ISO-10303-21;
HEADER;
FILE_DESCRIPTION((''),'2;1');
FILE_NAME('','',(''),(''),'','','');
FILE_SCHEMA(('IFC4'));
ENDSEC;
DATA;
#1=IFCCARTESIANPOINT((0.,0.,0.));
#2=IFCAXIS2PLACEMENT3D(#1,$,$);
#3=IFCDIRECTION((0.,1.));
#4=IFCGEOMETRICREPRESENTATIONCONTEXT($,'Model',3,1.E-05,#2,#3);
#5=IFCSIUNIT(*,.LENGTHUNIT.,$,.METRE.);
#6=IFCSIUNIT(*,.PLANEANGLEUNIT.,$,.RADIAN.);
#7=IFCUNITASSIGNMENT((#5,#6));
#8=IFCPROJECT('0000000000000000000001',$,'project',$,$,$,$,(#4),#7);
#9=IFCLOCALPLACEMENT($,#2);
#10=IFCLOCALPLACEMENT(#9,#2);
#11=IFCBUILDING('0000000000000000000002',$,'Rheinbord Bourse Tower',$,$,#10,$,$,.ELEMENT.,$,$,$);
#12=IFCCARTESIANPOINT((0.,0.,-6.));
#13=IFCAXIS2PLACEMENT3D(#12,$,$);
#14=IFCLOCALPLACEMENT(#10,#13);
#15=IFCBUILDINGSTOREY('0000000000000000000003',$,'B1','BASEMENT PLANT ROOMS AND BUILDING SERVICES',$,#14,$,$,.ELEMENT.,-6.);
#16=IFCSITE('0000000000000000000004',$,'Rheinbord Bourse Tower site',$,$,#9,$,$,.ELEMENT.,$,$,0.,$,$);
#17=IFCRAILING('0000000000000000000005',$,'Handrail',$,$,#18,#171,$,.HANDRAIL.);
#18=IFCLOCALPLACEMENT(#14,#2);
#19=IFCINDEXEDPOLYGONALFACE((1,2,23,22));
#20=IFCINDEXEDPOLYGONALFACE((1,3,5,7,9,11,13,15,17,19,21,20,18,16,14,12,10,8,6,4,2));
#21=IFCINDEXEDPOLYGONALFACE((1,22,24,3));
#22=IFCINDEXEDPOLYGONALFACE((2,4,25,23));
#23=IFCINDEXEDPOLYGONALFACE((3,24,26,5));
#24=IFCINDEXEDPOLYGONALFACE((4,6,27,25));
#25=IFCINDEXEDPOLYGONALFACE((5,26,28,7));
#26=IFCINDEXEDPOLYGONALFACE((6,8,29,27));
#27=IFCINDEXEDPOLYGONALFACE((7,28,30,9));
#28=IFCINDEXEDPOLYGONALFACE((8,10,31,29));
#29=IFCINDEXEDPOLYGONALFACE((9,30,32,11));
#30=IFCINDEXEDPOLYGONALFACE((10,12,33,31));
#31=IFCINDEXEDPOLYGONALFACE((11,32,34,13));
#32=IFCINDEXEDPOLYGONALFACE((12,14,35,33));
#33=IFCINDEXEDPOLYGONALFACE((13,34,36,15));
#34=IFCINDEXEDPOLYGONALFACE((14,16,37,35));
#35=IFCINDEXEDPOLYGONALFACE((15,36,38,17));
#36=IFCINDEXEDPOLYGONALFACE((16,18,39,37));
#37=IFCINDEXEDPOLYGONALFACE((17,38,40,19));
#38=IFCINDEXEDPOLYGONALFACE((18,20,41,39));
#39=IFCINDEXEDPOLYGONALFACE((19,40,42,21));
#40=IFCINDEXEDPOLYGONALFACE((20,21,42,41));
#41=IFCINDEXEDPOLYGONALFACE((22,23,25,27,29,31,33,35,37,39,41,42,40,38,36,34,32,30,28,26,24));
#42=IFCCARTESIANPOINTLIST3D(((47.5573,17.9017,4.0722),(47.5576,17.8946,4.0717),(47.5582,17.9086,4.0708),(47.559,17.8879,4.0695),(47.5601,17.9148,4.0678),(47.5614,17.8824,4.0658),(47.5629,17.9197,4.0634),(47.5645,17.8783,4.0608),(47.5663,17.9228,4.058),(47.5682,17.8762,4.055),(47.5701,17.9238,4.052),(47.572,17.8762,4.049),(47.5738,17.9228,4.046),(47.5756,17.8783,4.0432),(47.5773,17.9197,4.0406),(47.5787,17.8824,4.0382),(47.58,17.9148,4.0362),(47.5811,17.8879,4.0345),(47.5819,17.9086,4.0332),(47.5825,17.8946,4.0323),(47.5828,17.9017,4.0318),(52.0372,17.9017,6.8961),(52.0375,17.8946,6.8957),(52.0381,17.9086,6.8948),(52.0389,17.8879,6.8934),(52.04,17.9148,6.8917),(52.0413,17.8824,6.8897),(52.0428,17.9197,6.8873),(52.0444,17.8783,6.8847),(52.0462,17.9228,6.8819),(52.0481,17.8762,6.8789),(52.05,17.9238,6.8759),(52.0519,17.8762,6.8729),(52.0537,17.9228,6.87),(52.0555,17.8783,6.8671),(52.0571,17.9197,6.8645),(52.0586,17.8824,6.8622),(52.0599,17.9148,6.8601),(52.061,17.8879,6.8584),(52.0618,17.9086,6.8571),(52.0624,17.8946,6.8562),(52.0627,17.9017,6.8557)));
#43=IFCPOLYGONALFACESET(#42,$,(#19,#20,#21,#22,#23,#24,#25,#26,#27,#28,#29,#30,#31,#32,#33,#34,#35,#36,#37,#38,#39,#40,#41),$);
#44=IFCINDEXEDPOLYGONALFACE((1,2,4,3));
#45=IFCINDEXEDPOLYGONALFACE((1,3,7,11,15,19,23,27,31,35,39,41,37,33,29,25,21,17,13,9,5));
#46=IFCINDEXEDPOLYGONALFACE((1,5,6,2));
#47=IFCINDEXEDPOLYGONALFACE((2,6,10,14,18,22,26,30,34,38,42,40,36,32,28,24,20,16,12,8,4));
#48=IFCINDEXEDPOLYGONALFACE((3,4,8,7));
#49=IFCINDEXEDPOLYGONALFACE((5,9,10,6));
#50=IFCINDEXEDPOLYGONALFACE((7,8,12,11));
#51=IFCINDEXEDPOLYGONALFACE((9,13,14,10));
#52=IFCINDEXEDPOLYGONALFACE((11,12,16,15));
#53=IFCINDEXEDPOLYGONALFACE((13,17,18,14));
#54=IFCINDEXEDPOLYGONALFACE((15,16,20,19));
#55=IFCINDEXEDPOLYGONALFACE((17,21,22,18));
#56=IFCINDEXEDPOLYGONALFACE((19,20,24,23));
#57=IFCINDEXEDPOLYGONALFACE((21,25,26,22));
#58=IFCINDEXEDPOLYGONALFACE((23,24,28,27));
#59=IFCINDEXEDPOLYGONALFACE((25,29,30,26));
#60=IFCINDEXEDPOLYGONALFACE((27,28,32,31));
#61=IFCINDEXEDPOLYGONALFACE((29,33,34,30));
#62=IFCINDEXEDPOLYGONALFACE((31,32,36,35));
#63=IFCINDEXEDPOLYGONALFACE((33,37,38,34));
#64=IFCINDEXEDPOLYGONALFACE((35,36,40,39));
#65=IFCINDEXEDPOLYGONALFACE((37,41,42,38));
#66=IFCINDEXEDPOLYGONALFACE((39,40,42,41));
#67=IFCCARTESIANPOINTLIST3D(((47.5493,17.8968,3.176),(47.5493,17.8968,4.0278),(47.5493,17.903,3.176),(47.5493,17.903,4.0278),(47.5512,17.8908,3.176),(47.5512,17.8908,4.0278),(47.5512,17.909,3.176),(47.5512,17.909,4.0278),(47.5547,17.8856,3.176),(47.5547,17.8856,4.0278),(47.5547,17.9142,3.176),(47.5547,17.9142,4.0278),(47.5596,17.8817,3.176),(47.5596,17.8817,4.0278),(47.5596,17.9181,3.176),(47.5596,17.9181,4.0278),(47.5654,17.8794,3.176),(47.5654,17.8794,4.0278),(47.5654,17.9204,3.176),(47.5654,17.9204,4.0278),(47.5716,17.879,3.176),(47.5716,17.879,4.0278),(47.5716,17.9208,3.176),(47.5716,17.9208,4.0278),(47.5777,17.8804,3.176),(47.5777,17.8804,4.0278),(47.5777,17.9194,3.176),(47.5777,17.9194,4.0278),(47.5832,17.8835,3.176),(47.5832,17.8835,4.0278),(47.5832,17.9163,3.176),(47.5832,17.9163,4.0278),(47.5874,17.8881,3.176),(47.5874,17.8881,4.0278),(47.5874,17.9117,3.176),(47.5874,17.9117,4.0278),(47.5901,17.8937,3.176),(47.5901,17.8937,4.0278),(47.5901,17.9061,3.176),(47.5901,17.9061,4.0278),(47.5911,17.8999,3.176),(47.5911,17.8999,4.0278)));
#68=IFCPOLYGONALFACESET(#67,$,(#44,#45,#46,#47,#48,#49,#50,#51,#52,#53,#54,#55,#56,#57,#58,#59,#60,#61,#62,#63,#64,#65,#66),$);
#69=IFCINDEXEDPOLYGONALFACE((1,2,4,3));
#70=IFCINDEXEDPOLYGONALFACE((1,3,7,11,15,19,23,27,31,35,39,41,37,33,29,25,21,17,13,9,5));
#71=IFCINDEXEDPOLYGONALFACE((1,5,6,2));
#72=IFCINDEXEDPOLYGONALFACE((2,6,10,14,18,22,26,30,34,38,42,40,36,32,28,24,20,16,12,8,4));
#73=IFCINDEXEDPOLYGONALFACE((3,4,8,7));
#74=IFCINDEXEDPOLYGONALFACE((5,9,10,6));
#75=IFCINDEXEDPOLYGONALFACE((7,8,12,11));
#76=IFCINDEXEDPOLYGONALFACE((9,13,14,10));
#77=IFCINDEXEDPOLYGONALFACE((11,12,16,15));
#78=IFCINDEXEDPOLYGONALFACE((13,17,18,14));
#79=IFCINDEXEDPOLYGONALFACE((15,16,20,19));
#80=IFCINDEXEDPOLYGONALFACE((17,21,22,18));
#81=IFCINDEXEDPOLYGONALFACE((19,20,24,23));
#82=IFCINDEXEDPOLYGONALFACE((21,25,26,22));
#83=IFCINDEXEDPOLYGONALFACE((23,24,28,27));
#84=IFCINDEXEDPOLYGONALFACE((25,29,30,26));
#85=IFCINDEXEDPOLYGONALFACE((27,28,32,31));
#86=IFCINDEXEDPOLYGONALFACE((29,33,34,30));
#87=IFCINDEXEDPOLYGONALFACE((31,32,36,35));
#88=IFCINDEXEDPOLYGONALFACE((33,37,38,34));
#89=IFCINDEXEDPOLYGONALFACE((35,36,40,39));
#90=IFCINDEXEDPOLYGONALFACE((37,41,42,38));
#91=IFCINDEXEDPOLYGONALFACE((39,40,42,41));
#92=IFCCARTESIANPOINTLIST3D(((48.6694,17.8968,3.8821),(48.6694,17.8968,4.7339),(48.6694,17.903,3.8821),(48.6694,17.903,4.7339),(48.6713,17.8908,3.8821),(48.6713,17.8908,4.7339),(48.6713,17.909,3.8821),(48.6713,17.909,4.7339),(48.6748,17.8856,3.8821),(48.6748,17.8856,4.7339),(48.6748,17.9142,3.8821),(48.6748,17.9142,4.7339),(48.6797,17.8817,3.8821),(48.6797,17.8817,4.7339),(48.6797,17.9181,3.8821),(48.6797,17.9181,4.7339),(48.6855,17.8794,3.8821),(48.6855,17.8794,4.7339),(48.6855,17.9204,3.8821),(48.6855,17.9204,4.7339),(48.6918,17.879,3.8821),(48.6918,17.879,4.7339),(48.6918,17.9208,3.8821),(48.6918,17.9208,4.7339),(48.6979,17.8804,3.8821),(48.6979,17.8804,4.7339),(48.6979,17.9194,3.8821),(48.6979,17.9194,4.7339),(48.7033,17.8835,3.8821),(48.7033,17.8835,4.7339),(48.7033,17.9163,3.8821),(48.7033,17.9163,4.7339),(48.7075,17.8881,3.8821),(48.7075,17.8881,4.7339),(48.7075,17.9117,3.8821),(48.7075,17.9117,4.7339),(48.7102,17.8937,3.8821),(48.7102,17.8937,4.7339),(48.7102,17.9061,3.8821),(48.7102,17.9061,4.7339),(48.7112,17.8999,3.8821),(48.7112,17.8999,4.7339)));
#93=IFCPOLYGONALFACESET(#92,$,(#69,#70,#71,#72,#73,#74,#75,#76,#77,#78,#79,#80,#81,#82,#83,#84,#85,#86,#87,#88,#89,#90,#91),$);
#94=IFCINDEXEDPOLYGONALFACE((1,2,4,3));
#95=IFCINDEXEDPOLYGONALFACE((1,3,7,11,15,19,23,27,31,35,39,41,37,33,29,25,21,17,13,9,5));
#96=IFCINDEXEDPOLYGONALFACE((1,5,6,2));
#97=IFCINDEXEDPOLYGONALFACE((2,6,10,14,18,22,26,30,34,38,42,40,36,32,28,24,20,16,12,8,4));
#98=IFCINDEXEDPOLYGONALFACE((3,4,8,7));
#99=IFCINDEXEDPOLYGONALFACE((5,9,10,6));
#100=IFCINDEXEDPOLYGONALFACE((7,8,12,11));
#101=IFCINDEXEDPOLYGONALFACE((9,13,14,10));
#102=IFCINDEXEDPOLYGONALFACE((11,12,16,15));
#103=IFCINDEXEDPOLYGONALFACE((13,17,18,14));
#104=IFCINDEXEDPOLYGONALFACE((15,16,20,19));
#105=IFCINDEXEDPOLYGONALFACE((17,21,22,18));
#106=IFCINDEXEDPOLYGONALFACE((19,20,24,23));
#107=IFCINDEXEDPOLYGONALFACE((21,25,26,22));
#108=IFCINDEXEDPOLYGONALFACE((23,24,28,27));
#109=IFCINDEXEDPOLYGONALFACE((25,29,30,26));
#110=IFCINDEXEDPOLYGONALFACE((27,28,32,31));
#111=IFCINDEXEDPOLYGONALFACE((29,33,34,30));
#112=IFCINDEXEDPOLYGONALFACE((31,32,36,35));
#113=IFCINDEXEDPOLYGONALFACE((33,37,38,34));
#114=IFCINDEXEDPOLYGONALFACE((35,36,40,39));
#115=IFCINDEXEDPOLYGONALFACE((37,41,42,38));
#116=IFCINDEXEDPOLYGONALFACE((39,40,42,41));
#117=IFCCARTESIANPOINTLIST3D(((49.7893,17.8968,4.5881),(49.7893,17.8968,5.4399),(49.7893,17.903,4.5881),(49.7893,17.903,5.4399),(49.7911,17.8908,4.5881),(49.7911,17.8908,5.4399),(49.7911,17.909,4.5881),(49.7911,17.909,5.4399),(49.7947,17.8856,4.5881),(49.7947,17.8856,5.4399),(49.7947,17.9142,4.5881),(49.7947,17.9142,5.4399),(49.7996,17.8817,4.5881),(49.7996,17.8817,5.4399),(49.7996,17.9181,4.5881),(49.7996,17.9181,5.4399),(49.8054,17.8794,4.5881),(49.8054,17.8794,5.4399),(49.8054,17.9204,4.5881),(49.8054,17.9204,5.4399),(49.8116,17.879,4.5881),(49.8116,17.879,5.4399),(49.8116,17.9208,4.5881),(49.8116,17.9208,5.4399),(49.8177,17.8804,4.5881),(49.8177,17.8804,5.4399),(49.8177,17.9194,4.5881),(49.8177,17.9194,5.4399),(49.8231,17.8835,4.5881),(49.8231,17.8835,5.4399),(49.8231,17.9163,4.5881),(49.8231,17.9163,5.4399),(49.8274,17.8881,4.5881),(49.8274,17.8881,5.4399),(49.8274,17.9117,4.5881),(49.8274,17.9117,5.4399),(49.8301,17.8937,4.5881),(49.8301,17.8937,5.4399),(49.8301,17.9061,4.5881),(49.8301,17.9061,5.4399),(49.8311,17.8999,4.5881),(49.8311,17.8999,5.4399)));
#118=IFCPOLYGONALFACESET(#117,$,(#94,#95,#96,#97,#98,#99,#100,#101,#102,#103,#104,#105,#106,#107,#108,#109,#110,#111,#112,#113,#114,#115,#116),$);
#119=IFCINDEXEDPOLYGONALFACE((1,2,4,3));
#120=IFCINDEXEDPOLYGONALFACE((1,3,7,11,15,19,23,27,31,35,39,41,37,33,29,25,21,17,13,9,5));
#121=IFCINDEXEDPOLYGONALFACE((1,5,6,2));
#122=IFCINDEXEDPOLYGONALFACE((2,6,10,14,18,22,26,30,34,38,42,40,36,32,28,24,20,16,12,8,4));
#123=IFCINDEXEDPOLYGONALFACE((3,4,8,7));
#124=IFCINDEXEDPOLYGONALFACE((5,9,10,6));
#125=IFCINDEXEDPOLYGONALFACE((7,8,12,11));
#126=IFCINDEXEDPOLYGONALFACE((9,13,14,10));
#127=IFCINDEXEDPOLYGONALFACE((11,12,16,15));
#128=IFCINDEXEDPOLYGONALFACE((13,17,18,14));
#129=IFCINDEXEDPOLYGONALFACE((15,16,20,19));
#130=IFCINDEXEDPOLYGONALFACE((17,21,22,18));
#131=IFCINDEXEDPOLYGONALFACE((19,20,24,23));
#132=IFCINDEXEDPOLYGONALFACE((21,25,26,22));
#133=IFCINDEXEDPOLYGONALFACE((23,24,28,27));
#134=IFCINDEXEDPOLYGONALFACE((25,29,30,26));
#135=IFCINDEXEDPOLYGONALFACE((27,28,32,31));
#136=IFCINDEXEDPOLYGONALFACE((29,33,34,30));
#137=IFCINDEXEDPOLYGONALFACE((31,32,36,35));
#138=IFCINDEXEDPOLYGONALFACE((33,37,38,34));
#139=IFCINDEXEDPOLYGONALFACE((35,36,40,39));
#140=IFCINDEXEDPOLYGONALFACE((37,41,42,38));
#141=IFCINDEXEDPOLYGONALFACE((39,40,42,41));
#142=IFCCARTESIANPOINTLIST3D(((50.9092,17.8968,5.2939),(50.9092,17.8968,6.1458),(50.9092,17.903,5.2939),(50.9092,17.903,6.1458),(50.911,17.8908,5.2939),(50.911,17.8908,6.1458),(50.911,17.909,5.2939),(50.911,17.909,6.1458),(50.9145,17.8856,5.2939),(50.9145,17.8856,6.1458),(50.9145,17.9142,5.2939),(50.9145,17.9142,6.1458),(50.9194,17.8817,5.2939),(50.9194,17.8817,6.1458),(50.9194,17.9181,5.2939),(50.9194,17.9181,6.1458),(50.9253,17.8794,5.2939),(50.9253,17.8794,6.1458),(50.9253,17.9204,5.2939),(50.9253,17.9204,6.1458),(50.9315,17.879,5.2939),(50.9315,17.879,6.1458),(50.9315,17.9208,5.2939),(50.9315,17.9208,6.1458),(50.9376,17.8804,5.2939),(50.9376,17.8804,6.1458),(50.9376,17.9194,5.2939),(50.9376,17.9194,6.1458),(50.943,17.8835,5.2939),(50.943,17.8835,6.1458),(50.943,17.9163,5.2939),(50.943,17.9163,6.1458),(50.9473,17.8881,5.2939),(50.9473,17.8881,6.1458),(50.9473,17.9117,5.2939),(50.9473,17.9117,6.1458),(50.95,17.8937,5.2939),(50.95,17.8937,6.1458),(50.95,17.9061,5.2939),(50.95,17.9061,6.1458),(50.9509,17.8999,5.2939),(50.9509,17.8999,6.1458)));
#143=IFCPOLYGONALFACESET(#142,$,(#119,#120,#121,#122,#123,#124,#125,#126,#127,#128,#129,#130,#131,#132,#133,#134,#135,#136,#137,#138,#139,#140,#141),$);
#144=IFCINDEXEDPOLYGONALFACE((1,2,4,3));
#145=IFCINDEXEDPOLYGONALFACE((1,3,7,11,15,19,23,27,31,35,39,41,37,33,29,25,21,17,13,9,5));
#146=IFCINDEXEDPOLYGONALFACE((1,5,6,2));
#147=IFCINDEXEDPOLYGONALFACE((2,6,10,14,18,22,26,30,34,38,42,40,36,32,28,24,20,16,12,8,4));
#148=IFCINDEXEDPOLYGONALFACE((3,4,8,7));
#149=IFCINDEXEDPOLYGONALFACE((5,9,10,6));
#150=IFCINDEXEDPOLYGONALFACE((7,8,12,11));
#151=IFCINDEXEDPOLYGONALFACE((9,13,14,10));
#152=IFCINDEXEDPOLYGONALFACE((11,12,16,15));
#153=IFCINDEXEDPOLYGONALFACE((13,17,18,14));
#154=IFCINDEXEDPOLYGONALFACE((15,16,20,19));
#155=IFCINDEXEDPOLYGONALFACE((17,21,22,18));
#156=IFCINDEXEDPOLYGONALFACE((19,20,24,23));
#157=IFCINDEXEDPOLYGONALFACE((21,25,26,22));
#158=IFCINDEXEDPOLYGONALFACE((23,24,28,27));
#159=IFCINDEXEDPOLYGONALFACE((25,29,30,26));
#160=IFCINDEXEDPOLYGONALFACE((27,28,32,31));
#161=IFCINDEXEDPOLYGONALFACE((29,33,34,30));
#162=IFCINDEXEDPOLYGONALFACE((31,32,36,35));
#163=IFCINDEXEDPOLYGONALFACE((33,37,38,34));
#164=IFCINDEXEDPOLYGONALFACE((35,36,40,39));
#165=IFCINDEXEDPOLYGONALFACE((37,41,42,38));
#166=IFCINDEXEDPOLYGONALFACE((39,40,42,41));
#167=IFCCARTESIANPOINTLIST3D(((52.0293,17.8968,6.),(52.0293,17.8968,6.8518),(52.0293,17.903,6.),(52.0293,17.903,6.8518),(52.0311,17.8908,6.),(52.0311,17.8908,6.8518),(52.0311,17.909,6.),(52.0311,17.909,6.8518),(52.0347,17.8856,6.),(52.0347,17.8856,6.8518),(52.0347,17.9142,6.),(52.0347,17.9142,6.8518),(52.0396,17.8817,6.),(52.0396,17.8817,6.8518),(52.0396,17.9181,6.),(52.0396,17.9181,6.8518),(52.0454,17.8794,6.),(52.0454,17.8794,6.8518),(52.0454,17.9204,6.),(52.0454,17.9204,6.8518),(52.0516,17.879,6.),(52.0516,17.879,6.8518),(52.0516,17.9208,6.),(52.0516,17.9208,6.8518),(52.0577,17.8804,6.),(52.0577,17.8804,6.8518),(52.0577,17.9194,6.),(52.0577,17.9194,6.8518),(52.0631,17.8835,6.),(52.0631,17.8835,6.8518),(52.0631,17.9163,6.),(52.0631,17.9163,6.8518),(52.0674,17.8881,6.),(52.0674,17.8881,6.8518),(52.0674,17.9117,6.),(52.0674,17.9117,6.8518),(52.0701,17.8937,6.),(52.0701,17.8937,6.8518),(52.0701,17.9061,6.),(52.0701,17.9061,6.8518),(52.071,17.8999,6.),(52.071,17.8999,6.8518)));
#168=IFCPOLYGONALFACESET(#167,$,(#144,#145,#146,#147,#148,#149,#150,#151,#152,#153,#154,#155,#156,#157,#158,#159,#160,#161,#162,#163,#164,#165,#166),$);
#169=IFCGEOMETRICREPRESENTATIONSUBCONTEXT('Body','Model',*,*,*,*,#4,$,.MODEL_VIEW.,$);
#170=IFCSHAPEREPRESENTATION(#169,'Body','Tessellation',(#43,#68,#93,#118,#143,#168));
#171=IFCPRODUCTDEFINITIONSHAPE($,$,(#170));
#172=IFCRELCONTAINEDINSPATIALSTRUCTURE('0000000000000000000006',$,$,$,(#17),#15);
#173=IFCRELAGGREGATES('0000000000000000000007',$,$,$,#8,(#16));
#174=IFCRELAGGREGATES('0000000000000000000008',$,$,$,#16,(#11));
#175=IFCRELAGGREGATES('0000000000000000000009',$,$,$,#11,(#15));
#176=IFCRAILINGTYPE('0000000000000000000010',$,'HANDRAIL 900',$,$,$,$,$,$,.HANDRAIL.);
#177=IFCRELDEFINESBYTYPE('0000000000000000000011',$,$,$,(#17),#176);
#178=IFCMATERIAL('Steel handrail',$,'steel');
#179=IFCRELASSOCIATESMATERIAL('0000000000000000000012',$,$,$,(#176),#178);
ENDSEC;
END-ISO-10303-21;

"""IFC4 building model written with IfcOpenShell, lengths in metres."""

from ifc_helpers import new_model, si_unit, direction, frame, origin, origin_2d, place, context, subcontext, project, spatial, circle, extrude, material, type_object, element, save


model = new_model("IFC4")

# Units and contexts
model_context = context("Model", 3, precision=1e-05, world=origin(), true_north=direction((0.0, 1.0)))
body_context = subcontext(model_context, "Body", "Model", "MODEL_VIEW")
ifc_project = project(units=[si_unit("LENGTHUNIT", "METRE"), si_unit("PLANEANGLEUNIT", "RADIAN")], contexts=[model_context])

# Site, building, storey
site_placement = place(None, origin())
site = spatial("IfcSite", under=ifc_project, at=site_placement, Name="Rheinbord Bourse Tower site", CompositionType="ELEMENT", RefElevation=0.0)
building_placement = place(site_placement, origin())
building = spatial("IfcBuilding", under=site, at=building_placement, Name="Rheinbord Bourse Tower", CompositionType="ELEMENT")
storey_placement = place(building_placement, frame((0.0, 0.0, -6.0)))
storey = spatial("IfcBuildingStorey", under=building, at=storey_placement, Name="B1", Description="BASEMENT PLANT ROOMS AND BUILDING SERVICES", CompositionType="ELEMENT", Elevation=-6.0)

# Railing
ifc_material_1 = material(Name="Steel handrail", Category="steel")
railing_type = type_object("IfcRailingType", Name="HANDRAIL 900", PredefinedType="HANDRAIL", material=ifc_material_1)
railing_placement = place(storey_placement, frame((47.5701, 17.8999, 3.176)))
element("IfcRailing", 1, at=railing_placement, inside=storey, type_object=railing_type, Name="Handrail", PredefinedType="HANDRAIL", context=body_context, shape_type="SweptSolid", body=[
    extrude(circle(Radius=0.0239, at=origin_2d()), frame((0.0, 0.0, 0.876), z_axis=(0.845956, 0.0, 0.533252), x_axis=(0.0, 1.0, 0.0)), (0.0, 0.0, 1.0), 5.2957),
    extrude(circle(Radius=0.021, at=origin_2d()), origin(), (0.0, 0.0, 1.0), 0.8518),
    extrude(circle(Radius=0.021, at=origin_2d()), frame((1.1201, 0.0, 0.7061)), (0.0, 0.0, 1.0), 0.8518),
    extrude(circle(Radius=0.021, at=origin_2d()), frame((2.24, 0.0, 1.4121)), (0.0, 0.0, 1.0), 0.8518),
    extrude(circle(Radius=0.021, at=origin_2d()), frame((3.3599, 0.0, 2.1179)), (0.0, 0.0, 1.0), 0.8518),
    extrude(circle(Radius=0.021, at=origin_2d()), frame((4.48, 0.0, 2.824)), (0.0, 0.0, 1.0), 0.8518),
])

save(model, "model.ifc")
